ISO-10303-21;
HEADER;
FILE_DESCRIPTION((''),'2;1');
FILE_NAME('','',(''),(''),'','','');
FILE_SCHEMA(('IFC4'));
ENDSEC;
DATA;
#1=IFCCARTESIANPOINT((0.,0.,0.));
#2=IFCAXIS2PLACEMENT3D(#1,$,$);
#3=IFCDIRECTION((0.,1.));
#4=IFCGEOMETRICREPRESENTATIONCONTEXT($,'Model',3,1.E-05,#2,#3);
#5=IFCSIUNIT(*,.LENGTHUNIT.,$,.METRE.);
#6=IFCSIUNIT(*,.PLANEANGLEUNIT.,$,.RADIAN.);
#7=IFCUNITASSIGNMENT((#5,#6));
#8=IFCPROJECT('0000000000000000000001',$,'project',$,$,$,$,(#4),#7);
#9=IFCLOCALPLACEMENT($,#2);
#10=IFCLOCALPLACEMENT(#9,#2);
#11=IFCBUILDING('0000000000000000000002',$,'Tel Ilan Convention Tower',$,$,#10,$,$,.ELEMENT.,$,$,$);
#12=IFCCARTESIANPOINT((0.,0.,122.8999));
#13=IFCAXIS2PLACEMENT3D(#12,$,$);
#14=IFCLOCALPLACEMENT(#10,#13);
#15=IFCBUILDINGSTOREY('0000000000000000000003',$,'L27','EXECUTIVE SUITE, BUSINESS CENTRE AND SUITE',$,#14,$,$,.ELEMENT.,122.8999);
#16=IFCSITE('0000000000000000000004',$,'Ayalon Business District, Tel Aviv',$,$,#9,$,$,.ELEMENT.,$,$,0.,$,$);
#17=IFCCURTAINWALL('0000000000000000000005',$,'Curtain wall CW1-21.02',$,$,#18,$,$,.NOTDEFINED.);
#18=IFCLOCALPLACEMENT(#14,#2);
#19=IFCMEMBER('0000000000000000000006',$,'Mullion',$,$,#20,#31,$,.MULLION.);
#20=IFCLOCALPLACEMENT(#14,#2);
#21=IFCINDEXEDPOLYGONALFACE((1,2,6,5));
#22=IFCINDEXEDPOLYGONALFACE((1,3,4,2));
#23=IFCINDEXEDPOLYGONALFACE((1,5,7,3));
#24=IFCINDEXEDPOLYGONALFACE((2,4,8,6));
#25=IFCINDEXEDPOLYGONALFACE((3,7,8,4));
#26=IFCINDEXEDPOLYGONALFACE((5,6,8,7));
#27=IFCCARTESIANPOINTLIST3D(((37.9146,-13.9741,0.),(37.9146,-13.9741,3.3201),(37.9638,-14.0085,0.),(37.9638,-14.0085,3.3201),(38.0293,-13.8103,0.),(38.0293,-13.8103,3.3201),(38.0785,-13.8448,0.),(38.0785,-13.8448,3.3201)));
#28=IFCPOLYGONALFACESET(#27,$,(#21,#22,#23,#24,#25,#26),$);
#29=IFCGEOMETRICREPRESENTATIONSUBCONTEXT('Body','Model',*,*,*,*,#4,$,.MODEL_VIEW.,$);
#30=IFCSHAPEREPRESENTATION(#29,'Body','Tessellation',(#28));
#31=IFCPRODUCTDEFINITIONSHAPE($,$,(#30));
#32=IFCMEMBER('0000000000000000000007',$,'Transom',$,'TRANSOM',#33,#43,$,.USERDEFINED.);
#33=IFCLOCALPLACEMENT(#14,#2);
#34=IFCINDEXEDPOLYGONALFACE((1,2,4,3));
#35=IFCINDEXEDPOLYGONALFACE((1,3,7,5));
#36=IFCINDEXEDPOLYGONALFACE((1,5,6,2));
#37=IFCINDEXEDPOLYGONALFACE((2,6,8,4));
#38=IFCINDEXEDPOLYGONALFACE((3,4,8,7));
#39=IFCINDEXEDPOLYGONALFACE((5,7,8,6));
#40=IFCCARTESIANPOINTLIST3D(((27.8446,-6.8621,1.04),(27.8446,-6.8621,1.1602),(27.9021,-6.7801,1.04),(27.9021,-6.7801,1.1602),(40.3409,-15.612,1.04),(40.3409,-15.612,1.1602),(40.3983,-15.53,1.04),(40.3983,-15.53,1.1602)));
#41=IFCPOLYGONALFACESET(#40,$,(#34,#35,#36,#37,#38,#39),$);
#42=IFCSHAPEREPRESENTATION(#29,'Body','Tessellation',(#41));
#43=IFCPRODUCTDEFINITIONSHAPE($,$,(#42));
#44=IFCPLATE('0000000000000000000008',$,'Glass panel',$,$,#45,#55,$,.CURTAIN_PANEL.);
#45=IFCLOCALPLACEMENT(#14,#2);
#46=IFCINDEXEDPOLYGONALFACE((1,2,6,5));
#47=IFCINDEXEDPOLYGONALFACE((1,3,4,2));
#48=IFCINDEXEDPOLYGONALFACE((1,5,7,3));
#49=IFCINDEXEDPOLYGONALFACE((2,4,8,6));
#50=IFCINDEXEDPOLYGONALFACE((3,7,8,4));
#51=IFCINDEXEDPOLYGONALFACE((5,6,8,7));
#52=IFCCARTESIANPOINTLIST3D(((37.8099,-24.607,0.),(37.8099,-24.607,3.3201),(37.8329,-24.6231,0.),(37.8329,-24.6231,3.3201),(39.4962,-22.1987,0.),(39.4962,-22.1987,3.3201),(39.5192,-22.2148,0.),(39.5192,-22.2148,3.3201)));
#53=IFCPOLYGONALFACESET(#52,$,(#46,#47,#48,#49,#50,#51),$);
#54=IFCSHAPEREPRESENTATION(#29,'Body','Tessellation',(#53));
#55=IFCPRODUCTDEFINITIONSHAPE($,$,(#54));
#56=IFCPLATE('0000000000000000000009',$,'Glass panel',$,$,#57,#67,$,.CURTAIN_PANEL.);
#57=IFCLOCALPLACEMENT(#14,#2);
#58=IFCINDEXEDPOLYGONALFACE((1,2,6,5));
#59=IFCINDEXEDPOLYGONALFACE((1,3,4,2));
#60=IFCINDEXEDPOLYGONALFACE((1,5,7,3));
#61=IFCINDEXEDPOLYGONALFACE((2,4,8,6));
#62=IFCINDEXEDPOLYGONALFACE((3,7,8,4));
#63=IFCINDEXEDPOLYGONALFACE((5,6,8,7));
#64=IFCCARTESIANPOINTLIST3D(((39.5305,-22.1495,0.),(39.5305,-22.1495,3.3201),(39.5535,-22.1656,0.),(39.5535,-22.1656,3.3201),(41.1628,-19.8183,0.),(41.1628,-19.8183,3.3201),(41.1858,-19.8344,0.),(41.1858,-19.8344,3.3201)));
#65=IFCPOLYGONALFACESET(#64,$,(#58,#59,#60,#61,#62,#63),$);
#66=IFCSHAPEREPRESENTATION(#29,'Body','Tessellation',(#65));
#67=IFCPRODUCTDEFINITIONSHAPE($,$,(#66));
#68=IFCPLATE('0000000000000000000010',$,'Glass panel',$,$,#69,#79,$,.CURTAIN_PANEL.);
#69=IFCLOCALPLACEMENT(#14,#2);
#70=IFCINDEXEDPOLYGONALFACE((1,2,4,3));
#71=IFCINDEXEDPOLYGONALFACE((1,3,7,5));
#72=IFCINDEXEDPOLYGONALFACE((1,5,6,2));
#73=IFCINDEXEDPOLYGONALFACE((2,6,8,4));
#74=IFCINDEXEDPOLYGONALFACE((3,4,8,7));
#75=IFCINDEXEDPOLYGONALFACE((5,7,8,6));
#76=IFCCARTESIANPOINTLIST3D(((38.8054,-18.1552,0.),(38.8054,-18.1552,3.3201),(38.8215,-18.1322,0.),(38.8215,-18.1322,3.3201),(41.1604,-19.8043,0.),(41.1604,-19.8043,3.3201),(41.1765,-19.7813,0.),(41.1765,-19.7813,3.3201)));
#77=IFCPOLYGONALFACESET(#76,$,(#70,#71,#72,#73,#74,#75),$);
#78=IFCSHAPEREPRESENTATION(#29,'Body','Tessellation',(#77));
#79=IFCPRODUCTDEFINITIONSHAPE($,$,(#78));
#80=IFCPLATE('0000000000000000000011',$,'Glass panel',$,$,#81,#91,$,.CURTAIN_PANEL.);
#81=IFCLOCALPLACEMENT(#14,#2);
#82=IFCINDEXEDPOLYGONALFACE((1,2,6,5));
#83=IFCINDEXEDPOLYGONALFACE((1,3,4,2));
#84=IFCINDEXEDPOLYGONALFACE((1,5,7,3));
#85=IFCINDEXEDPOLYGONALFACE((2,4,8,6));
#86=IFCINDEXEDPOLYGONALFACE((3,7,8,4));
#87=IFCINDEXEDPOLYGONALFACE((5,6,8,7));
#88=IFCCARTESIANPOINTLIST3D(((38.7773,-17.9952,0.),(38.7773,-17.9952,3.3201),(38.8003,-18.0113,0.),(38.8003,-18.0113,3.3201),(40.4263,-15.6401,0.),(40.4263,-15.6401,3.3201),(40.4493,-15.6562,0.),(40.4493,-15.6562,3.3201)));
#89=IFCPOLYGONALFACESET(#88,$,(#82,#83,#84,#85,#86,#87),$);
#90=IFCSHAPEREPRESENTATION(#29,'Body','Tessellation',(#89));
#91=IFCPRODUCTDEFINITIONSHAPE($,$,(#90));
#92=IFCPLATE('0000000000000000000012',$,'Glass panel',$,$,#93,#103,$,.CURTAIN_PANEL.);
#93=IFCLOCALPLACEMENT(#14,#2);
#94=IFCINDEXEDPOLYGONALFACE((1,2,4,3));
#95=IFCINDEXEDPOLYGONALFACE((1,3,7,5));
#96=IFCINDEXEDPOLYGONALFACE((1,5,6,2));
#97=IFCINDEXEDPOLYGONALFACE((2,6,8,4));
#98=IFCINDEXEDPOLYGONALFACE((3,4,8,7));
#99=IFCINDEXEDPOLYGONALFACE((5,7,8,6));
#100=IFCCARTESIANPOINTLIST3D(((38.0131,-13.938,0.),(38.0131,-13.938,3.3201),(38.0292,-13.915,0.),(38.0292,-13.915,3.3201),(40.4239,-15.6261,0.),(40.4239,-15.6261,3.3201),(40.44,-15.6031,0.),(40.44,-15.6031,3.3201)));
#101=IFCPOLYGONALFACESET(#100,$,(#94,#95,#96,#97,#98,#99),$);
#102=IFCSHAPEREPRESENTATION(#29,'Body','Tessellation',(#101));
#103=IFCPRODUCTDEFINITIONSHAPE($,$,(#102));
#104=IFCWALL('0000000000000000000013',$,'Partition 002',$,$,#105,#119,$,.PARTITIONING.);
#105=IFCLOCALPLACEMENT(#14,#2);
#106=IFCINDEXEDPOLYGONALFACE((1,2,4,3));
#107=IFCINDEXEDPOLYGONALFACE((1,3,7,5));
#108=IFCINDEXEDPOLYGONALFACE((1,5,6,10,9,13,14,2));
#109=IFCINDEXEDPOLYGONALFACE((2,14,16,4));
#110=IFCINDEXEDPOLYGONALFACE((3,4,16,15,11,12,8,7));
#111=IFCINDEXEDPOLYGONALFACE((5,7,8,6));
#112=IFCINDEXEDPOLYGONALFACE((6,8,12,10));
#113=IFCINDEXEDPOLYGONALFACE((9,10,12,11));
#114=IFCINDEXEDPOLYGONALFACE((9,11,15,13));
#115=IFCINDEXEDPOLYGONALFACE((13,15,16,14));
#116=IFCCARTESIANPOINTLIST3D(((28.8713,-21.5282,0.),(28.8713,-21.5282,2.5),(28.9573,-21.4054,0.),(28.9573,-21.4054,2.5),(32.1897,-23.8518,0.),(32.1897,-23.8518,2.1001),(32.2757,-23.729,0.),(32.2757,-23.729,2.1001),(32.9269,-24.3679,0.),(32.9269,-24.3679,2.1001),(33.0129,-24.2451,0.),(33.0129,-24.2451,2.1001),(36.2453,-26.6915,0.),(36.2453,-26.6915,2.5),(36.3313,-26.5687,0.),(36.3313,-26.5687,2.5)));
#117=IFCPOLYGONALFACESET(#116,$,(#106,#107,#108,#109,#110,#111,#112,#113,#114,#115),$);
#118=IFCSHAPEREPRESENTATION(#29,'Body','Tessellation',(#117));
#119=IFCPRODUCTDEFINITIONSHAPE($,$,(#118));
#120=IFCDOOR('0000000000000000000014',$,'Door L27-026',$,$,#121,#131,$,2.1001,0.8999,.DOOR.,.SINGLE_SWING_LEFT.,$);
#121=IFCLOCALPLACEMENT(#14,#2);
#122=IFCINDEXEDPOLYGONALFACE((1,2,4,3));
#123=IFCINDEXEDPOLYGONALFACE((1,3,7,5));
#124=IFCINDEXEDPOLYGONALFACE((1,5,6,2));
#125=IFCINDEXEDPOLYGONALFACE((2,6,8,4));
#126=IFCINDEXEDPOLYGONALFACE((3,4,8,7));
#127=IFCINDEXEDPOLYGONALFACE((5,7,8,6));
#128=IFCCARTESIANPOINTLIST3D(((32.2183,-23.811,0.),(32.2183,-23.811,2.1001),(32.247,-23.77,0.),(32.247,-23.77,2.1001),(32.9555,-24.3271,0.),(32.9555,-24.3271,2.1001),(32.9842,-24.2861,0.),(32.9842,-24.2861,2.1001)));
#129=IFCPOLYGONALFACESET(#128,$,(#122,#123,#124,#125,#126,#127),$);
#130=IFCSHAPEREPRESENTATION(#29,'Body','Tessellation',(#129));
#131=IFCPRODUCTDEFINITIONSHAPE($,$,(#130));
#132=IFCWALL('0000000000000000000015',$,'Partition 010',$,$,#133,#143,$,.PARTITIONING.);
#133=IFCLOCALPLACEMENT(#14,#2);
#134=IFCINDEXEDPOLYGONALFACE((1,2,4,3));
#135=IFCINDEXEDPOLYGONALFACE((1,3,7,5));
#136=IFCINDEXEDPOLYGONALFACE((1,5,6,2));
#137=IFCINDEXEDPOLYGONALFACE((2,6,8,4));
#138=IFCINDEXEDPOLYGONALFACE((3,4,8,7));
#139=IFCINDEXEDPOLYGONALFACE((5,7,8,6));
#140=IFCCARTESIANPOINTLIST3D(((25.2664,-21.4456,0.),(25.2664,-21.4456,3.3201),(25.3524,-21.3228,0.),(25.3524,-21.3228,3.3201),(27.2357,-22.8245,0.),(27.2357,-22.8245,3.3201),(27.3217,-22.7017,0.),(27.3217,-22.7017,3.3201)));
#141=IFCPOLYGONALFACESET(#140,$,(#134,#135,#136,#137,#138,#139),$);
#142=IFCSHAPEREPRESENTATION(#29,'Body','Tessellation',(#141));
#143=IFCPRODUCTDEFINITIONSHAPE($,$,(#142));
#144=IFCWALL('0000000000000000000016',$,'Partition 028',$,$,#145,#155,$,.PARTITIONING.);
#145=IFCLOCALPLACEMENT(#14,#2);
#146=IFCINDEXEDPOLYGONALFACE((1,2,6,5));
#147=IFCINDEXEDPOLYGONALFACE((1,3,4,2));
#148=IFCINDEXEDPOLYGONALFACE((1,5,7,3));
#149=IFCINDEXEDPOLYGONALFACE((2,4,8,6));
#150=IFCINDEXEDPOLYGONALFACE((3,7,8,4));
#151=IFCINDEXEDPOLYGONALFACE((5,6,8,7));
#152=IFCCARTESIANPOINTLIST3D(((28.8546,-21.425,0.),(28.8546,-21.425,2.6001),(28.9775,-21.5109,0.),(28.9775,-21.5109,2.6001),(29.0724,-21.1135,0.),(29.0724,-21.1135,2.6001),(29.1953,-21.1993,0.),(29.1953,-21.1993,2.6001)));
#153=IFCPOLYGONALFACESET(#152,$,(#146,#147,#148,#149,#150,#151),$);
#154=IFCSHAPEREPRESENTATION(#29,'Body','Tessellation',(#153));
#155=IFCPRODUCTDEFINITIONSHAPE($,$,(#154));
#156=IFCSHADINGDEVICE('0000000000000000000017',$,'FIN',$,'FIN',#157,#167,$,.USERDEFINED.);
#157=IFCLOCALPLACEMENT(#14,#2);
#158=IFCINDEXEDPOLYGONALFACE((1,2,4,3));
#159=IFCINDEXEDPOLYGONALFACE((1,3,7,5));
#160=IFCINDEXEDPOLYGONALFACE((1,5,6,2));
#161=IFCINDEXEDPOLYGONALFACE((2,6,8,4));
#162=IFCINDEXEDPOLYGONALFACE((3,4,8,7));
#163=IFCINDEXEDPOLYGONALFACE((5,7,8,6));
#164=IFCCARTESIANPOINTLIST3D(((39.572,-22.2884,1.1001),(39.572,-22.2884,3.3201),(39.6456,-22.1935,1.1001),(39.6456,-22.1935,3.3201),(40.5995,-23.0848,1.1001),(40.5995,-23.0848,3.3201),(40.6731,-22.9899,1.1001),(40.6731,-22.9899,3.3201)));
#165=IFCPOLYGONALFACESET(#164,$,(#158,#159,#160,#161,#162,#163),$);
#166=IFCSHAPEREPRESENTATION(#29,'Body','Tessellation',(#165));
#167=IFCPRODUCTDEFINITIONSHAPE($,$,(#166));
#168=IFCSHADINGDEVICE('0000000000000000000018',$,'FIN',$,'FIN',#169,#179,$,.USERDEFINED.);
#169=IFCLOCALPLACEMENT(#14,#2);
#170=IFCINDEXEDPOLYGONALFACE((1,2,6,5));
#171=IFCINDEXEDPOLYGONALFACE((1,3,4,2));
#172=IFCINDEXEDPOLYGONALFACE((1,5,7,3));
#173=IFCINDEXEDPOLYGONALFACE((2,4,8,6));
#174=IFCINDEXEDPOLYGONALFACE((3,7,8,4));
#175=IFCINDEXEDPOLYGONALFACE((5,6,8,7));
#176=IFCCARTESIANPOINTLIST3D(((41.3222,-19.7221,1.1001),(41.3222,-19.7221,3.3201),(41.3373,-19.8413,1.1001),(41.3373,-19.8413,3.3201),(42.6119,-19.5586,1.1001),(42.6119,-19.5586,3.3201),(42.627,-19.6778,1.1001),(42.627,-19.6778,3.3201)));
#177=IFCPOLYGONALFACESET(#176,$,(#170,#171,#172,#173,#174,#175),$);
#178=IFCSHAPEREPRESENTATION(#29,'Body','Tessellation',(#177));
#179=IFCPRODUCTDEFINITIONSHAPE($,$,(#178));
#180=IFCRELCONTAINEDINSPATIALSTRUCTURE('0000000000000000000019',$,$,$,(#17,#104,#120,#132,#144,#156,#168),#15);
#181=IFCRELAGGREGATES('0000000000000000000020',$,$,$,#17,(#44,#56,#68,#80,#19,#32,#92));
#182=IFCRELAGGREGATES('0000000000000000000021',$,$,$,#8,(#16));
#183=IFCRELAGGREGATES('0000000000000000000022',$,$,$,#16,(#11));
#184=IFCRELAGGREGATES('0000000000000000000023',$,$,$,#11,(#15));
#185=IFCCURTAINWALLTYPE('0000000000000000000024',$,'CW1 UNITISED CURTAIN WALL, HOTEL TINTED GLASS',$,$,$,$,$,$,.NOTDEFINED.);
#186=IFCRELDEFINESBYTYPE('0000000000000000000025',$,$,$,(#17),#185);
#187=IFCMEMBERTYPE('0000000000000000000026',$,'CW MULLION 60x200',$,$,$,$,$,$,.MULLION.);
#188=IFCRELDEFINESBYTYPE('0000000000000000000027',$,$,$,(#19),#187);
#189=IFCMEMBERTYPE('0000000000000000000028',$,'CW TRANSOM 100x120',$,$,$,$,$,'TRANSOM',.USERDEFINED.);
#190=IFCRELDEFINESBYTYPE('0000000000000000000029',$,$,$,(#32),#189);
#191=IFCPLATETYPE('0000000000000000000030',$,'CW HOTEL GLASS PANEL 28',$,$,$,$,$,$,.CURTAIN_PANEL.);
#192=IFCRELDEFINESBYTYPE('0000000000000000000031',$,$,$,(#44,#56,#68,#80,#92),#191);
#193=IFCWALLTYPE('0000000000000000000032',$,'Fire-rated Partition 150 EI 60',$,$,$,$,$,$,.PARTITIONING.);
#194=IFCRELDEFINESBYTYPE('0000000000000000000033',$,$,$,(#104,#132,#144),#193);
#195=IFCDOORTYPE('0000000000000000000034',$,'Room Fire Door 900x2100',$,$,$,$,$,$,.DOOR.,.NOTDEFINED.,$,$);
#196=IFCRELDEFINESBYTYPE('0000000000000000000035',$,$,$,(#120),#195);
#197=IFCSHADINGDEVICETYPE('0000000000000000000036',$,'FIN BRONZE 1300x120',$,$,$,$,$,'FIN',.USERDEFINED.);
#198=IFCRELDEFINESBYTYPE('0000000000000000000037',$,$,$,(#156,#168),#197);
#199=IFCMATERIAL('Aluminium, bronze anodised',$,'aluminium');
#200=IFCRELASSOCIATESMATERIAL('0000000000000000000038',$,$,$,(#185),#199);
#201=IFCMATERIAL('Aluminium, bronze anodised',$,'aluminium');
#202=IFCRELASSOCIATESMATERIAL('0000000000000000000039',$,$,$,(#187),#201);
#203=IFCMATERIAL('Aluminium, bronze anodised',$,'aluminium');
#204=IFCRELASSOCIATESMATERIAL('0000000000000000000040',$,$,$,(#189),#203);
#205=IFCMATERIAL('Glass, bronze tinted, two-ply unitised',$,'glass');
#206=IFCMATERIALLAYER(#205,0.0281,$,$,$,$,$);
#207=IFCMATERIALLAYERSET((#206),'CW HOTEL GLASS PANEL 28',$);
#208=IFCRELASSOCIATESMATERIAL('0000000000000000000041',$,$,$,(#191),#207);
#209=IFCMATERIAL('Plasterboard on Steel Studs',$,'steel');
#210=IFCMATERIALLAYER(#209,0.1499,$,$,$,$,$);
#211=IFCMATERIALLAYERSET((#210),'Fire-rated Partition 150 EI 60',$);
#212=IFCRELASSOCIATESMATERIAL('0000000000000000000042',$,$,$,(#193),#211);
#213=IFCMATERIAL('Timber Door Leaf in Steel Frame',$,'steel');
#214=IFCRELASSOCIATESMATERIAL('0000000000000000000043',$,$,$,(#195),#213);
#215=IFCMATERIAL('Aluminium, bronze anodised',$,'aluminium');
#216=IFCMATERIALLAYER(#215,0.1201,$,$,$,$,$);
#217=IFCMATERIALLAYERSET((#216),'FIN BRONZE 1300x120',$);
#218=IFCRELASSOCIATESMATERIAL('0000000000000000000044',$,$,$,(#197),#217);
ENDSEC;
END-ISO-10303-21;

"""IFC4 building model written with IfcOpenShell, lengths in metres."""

from ifc_helpers import new_model, si_unit, direction, frame, frame_2d, origin, origin_2d, place, context, subcontext, project, spatial, rectangle, extrude, material, layer, layer_set, material_profile, profile_set, type_object, element, fill, aggregate, save


model = new_model("IFC4")

# Units and contexts
model_context = context("Model", 3, precision=1e-05, world=origin(), true_north=direction((0.0, 1.0)))
body_context = subcontext(model_context, "Body", "Model", "MODEL_VIEW")
ifc_project = project(units=[si_unit("LENGTHUNIT", "METRE"), si_unit("PLANEANGLEUNIT", "RADIAN")], contexts=[model_context])

# Site, building, storey
site_placement = place(None, origin())
site = spatial("IfcSite", under=ifc_project, at=site_placement, Name="Ayalon Business District, Tel Aviv", CompositionType="ELEMENT", RefElevation=0.0)
building_placement = place(site_placement, origin())
building = spatial("IfcBuilding", under=site, at=building_placement, Name="Tel Ilan Convention Tower", CompositionType="ELEMENT")
storey_placement = place(building_placement, frame((0.0, 0.0, 122.8999)))
storey = spatial("IfcBuildingStorey", under=building, at=storey_placement, Name="L27", Description="EXECUTIVE SUITE, BUSINESS CENTRE AND SUITE", CompositionType="ELEMENT", Elevation=122.8999)

# Curtain wall, members, plates
ifc_material_1 = material(Name="Aluminium, bronze anodised", Category="aluminium")
curtain_wall_type = type_object("IfcCurtainWallType", Name="CW1 UNITISED CURTAIN WALL, HOTEL TINTED GLASS", PredefinedType="NOTDEFINED", material=ifc_material_1)
curtain_wall_placement = place(storey_placement, origin())
curtain_wall = element("IfcCurtainWall", 1, at=curtain_wall_placement, inside=storey, type_object=curtain_wall_type, Name="Curtain wall CW1-21.02", PredefinedType="NOTDEFINED")
ifc_material_2 = material(Name="Aluminium, bronze anodised", Category="aluminium")
ifc_material_profile_1 = material_profile(ifc_material_2, rectangle(XDim=0.0601, YDim=0.2, at=origin_2d()), Name="CW MULLION 60x200")
ifc_profile_set_1 = profile_set([ifc_material_profile_1], Name="Aluminium, bronze anodised")
member_type_1 = type_object("IfcMemberType", Name="CW MULLION 60x200", PredefinedType="MULLION", material=ifc_profile_set_1)
member_1_placement = place(storey_placement, frame((37.9966, -13.9094, 0.0), z_axis=(0.0, 0.0, 1.0), x_axis=(-0.819152, 0.573576, 0.0)))
member_1 = element("IfcMember", 2, at=member_1_placement, type_object=member_type_1, Name="Mullion", PredefinedType="MULLION", context=body_context, shape_type="SweptSolid", body=[
    extrude(rectangle(XDim=0.0601, YDim=0.2, at=origin_2d()), origin(), (0.0, 0.0, 1.0), 3.3201),
])
ifc_material_3 = material(Name="Aluminium, bronze anodised", Category="aluminium")
ifc_material_profile_2 = material_profile(ifc_material_3, rectangle(XDim=0.1001, YDim=0.1201, at=origin_2d()), Name="CW TRANSOM 100x120")
ifc_profile_set_2 = profile_set([ifc_material_profile_2], Name="Aluminium, bronze anodised")
member_type_2 = type_object("IfcMemberType", Name="CW TRANSOM 100x120", ElementType="TRANSOM", PredefinedType="USERDEFINED", material=ifc_profile_set_2)
member_2_placement = place(storey_placement, frame((40.3696, -15.571, 1.1001), z_axis=(-0.819153, 0.573575, 0.0), x_axis=(-0.573575, -0.819153, 0.0)))
member_2 = element("IfcMember", 3, at=member_2_placement, type_object=member_type_2, Name="Transom", ObjectType="TRANSOM", PredefinedType="USERDEFINED", context=body_context, shape_type="SweptSolid", body=[
    extrude(rectangle(XDim=0.1001, YDim=0.1201, at=origin_2d()), origin(), (0.0, 0.0, 1.0), 15.2551),
])
ifc_material_4 = material(Name="Glass, bronze tinted, two-ply unitised", Category="glass")
ifc_layer_1 = layer(ifc_material_4, 0.0281)
ifc_layer_set_1 = layer_set([ifc_layer_1], Name="CW HOTEL GLASS PANEL 28")
plate_type = type_object("IfcPlateType", Name="CW HOTEL GLASS PANEL 28", PredefinedType="CURTAIN_PANEL", material=ifc_layer_set_1)
plate_1_placement = place(storey_placement, frame((38.6646, -23.4109, 0.0), z_axis=(0.0, 0.0, 1.0), x_axis=(0.573576, 0.819152, 0.0)))
plate_1 = element("IfcPlate", 4, at=plate_1_placement, type_object=plate_type, Name="Glass panel", PredefinedType="CURTAIN_PANEL", context=body_context, shape_type="SweptSolid", body=[
    extrude(rectangle(XDim=2.9399, YDim=0.0281, at=origin_2d()), origin(), (0.0, 0.0, 1.0), 3.3201),
])
plate_2_placement = place(storey_placement, frame((40.3582, -20.9919, 0.0), z_axis=(0.0, 0.0, 1.0), x_axis=(0.573576, 0.819152, 0.0)))
plate_2 = element("IfcPlate", 5, at=plate_2_placement, type_object=plate_type, Name="Glass panel", PredefinedType="CURTAIN_PANEL", context=body_context, shape_type="SweptSolid", body=[
    extrude(rectangle(XDim=2.8459, YDim=0.0281, at=origin_2d()), origin(), (0.0, 0.0, 1.0), 3.3201),
])
plate_3_placement = place(storey_placement, frame((39.991, -18.9683, 0.0), z_axis=(0.0, 0.0, 1.0), x_axis=(-0.819152, 0.573576, 0.0)))
plate_3 = element("IfcPlate", 6, at=plate_3_placement, type_object=plate_type, Name="Glass panel", PredefinedType="CURTAIN_PANEL", context=body_context, shape_type="SweptSolid", body=[
    extrude(rectangle(XDim=2.875, YDim=0.0281, at=origin_2d()), origin(), (0.0, 0.0, 1.0), 3.3201),
])
plate_4_placement = place(storey_placement, frame((39.6133, -16.8257, 0.0), z_axis=(0.0, 0.0, 1.0), x_axis=(0.573576, 0.819152, 0.0)))
plate_4 = element("IfcPlate", 7, at=plate_4_placement, type_object=plate_type, Name="Glass panel", PredefinedType="CURTAIN_PANEL", context=body_context, shape_type="SweptSolid", body=[
    extrude(rectangle(XDim=2.875, YDim=0.0281, at=origin_2d()), origin(), (0.0, 0.0, 1.0), 3.3201),
])
plate_5_placement = place(storey_placement, frame((39.2266, -14.7705, 0.0), z_axis=(0.0, 0.0, 1.0), x_axis=(-0.819152, 0.573576, 0.0)))
plate_5 = element("IfcPlate", 8, at=plate_5_placement, type_object=plate_type, Name="Glass panel", PredefinedType="CURTAIN_PANEL", context=body_context, shape_type="SweptSolid", body=[
    extrude(rectangle(XDim=2.9431, YDim=0.0281, at=origin_2d()), origin(), (0.0, 0.0, 1.0), 3.3201),
])
aggregate(curtain_wall, [plate_1, plate_2, plate_3, plate_4, member_1, member_2, plate_5])

# Wall, opening, door
ifc_material_5 = material(Name="Plasterboard on Steel Studs", Category="steel")
ifc_layer_2 = layer(ifc_material_5, 0.1499)
ifc_layer_set_2 = layer_set([ifc_layer_2], Name="Fire-rated Partition 150 EI 60")
wall_type = type_object("IfcWallType", Name="Fire-rated Partition 150 EI 60", PredefinedType="PARTITIONING", material=ifc_layer_set_2)
wall_1_placement = place(storey_placement, frame((28.9143, -21.4668, 0.0), z_axis=(0.0, 0.0, 1.0), x_axis=(0.819153, -0.573575, 0.0)))
wall_1 = element("IfcWall", 9, at=wall_1_placement, inside=storey, type_object=wall_type, Name="Partition 002", PredefinedType="PARTITIONING", context=body_context, shape_type="SweptSolid", body=[
    extrude(rectangle(XDim=9.002, YDim=0.1499, at=frame_2d((4.501, 0.0))), origin(), (0.0, 0.0, 1.0), 2.5),
])
opening_placement = place(wall_1_placement, frame((4.051, 0.0, 0.0)))
opening = element("IfcOpeningElement", 10, at=opening_placement, cuts=wall_1, PredefinedType="OPENING", context=body_context, shape_type="SweptSolid", body=[
    extrude(rectangle(XDim=0.8999, YDim=2.1001, at=frame_2d((0.45, 1.05))), frame((0.0, 0.085, 0.0), z_axis=(0.0, -1.0, 0.0), x_axis=(1.0, 0.0, 0.0)), (0.0, 0.0, 1.0), 0.1699),
])
ifc_material_6 = material(Name="Timber Door Leaf in Steel Frame", Category="steel")
door_type = type_object("IfcDoorType", Name="Room Fire Door 900x2100", OperationType="NOTDEFINED", PredefinedType="DOOR", material=ifc_material_6)
door_placement = place(opening_placement, origin())
door = element("IfcDoor", 11, at=door_placement, inside=storey, type_object=door_type, Name="Door L27-026", OperationType="SINGLE_SWING_LEFT", OverallHeight=2.1001, OverallWidth=0.8999, PredefinedType="DOOR", context=body_context, shape_type="SweptSolid", body=[
    extrude(rectangle(XDim=0.8999, YDim=2.1001, at=frame_2d((0.45, 1.05))), frame((0.0, 0.0249, 0.0), z_axis=(0.0, -1.0, 0.0), x_axis=(1.0, 0.0, 0.0)), (0.0, 0.0, 1.0), 0.05),
])
fill(opening, door)

# Walls
wall_2_placement = place(storey_placement, frame((27.2788, -22.7632, 0.0), z_axis=(0.0, 0.0, 1.0), x_axis=(-0.819146, 0.573585, 0.0)))
element("IfcWall", 12, at=wall_2_placement, inside=storey, type_object=wall_type, Name="Partition 010", PredefinedType="PARTITIONING", context=body_context, shape_type="SweptSolid", body=[
    extrude(rectangle(XDim=2.4041, YDim=0.1499, at=frame_2d((1.2021, 0.0))), origin(), (0.0, 0.0, 1.0), 3.3201),
])
wall_3_placement = place(storey_placement, frame((29.1338, -21.1565, 0.0), z_axis=(0.0, 0.0, 1.0), x_axis=(-0.572945, -0.819594, 0.0)))
element("IfcWall", 13, at=wall_3_placement, inside=storey, type_object=wall_type, Name="Partition 028", PredefinedType="PARTITIONING", context=body_context, shape_type="SweptSolid", body=[
    extrude(rectangle(XDim=0.3801, YDim=0.1499, at=frame_2d((0.1899, 0.0))), origin(), (0.0, 0.0, 1.0), 2.6001),
])

# Shading devices
ifc_material_7 = material(Name="Aluminium, bronze anodised", Category="aluminium")
ifc_layer_3 = layer(ifc_material_7, 0.1201)
ifc_layer_set_3 = layer_set([ifc_layer_3], Name="FIN BRONZE 1300x120")
shading_device_type = type_object("IfcShadingDeviceType", Name="FIN BRONZE 1300x120", ElementType="FIN", PredefinedType="USERDEFINED", material=ifc_layer_set_3)
for number, where, z_axis, x_axis, name in (
    (14, (40.1226, -22.6392, 1.1001), (0.0, 0.0, 1.0), (0.790393, -0.612601, 0.0), "FIN"),
    (15, (41.9746, -19.7, 1.1001), (0.0, 0.0, 1.0), (0.992066, 0.125718, 0.0), "FIN"),
):
    element("IfcShadingDevice", number, at=place(storey_placement, frame(where, z_axis=z_axis, x_axis=x_axis)), inside=storey, type_object=shading_device_type, Name=name, ObjectType="FIN", PredefinedType="USERDEFINED", context=body_context, shape_type="SweptSolid", body=[
        extrude(rectangle(XDim=1.3, YDim=0.1201, at=origin_2d()), origin(), (0.0, 0.0, 1.0), 2.22),
    ])

save(model, "model.ifc")
